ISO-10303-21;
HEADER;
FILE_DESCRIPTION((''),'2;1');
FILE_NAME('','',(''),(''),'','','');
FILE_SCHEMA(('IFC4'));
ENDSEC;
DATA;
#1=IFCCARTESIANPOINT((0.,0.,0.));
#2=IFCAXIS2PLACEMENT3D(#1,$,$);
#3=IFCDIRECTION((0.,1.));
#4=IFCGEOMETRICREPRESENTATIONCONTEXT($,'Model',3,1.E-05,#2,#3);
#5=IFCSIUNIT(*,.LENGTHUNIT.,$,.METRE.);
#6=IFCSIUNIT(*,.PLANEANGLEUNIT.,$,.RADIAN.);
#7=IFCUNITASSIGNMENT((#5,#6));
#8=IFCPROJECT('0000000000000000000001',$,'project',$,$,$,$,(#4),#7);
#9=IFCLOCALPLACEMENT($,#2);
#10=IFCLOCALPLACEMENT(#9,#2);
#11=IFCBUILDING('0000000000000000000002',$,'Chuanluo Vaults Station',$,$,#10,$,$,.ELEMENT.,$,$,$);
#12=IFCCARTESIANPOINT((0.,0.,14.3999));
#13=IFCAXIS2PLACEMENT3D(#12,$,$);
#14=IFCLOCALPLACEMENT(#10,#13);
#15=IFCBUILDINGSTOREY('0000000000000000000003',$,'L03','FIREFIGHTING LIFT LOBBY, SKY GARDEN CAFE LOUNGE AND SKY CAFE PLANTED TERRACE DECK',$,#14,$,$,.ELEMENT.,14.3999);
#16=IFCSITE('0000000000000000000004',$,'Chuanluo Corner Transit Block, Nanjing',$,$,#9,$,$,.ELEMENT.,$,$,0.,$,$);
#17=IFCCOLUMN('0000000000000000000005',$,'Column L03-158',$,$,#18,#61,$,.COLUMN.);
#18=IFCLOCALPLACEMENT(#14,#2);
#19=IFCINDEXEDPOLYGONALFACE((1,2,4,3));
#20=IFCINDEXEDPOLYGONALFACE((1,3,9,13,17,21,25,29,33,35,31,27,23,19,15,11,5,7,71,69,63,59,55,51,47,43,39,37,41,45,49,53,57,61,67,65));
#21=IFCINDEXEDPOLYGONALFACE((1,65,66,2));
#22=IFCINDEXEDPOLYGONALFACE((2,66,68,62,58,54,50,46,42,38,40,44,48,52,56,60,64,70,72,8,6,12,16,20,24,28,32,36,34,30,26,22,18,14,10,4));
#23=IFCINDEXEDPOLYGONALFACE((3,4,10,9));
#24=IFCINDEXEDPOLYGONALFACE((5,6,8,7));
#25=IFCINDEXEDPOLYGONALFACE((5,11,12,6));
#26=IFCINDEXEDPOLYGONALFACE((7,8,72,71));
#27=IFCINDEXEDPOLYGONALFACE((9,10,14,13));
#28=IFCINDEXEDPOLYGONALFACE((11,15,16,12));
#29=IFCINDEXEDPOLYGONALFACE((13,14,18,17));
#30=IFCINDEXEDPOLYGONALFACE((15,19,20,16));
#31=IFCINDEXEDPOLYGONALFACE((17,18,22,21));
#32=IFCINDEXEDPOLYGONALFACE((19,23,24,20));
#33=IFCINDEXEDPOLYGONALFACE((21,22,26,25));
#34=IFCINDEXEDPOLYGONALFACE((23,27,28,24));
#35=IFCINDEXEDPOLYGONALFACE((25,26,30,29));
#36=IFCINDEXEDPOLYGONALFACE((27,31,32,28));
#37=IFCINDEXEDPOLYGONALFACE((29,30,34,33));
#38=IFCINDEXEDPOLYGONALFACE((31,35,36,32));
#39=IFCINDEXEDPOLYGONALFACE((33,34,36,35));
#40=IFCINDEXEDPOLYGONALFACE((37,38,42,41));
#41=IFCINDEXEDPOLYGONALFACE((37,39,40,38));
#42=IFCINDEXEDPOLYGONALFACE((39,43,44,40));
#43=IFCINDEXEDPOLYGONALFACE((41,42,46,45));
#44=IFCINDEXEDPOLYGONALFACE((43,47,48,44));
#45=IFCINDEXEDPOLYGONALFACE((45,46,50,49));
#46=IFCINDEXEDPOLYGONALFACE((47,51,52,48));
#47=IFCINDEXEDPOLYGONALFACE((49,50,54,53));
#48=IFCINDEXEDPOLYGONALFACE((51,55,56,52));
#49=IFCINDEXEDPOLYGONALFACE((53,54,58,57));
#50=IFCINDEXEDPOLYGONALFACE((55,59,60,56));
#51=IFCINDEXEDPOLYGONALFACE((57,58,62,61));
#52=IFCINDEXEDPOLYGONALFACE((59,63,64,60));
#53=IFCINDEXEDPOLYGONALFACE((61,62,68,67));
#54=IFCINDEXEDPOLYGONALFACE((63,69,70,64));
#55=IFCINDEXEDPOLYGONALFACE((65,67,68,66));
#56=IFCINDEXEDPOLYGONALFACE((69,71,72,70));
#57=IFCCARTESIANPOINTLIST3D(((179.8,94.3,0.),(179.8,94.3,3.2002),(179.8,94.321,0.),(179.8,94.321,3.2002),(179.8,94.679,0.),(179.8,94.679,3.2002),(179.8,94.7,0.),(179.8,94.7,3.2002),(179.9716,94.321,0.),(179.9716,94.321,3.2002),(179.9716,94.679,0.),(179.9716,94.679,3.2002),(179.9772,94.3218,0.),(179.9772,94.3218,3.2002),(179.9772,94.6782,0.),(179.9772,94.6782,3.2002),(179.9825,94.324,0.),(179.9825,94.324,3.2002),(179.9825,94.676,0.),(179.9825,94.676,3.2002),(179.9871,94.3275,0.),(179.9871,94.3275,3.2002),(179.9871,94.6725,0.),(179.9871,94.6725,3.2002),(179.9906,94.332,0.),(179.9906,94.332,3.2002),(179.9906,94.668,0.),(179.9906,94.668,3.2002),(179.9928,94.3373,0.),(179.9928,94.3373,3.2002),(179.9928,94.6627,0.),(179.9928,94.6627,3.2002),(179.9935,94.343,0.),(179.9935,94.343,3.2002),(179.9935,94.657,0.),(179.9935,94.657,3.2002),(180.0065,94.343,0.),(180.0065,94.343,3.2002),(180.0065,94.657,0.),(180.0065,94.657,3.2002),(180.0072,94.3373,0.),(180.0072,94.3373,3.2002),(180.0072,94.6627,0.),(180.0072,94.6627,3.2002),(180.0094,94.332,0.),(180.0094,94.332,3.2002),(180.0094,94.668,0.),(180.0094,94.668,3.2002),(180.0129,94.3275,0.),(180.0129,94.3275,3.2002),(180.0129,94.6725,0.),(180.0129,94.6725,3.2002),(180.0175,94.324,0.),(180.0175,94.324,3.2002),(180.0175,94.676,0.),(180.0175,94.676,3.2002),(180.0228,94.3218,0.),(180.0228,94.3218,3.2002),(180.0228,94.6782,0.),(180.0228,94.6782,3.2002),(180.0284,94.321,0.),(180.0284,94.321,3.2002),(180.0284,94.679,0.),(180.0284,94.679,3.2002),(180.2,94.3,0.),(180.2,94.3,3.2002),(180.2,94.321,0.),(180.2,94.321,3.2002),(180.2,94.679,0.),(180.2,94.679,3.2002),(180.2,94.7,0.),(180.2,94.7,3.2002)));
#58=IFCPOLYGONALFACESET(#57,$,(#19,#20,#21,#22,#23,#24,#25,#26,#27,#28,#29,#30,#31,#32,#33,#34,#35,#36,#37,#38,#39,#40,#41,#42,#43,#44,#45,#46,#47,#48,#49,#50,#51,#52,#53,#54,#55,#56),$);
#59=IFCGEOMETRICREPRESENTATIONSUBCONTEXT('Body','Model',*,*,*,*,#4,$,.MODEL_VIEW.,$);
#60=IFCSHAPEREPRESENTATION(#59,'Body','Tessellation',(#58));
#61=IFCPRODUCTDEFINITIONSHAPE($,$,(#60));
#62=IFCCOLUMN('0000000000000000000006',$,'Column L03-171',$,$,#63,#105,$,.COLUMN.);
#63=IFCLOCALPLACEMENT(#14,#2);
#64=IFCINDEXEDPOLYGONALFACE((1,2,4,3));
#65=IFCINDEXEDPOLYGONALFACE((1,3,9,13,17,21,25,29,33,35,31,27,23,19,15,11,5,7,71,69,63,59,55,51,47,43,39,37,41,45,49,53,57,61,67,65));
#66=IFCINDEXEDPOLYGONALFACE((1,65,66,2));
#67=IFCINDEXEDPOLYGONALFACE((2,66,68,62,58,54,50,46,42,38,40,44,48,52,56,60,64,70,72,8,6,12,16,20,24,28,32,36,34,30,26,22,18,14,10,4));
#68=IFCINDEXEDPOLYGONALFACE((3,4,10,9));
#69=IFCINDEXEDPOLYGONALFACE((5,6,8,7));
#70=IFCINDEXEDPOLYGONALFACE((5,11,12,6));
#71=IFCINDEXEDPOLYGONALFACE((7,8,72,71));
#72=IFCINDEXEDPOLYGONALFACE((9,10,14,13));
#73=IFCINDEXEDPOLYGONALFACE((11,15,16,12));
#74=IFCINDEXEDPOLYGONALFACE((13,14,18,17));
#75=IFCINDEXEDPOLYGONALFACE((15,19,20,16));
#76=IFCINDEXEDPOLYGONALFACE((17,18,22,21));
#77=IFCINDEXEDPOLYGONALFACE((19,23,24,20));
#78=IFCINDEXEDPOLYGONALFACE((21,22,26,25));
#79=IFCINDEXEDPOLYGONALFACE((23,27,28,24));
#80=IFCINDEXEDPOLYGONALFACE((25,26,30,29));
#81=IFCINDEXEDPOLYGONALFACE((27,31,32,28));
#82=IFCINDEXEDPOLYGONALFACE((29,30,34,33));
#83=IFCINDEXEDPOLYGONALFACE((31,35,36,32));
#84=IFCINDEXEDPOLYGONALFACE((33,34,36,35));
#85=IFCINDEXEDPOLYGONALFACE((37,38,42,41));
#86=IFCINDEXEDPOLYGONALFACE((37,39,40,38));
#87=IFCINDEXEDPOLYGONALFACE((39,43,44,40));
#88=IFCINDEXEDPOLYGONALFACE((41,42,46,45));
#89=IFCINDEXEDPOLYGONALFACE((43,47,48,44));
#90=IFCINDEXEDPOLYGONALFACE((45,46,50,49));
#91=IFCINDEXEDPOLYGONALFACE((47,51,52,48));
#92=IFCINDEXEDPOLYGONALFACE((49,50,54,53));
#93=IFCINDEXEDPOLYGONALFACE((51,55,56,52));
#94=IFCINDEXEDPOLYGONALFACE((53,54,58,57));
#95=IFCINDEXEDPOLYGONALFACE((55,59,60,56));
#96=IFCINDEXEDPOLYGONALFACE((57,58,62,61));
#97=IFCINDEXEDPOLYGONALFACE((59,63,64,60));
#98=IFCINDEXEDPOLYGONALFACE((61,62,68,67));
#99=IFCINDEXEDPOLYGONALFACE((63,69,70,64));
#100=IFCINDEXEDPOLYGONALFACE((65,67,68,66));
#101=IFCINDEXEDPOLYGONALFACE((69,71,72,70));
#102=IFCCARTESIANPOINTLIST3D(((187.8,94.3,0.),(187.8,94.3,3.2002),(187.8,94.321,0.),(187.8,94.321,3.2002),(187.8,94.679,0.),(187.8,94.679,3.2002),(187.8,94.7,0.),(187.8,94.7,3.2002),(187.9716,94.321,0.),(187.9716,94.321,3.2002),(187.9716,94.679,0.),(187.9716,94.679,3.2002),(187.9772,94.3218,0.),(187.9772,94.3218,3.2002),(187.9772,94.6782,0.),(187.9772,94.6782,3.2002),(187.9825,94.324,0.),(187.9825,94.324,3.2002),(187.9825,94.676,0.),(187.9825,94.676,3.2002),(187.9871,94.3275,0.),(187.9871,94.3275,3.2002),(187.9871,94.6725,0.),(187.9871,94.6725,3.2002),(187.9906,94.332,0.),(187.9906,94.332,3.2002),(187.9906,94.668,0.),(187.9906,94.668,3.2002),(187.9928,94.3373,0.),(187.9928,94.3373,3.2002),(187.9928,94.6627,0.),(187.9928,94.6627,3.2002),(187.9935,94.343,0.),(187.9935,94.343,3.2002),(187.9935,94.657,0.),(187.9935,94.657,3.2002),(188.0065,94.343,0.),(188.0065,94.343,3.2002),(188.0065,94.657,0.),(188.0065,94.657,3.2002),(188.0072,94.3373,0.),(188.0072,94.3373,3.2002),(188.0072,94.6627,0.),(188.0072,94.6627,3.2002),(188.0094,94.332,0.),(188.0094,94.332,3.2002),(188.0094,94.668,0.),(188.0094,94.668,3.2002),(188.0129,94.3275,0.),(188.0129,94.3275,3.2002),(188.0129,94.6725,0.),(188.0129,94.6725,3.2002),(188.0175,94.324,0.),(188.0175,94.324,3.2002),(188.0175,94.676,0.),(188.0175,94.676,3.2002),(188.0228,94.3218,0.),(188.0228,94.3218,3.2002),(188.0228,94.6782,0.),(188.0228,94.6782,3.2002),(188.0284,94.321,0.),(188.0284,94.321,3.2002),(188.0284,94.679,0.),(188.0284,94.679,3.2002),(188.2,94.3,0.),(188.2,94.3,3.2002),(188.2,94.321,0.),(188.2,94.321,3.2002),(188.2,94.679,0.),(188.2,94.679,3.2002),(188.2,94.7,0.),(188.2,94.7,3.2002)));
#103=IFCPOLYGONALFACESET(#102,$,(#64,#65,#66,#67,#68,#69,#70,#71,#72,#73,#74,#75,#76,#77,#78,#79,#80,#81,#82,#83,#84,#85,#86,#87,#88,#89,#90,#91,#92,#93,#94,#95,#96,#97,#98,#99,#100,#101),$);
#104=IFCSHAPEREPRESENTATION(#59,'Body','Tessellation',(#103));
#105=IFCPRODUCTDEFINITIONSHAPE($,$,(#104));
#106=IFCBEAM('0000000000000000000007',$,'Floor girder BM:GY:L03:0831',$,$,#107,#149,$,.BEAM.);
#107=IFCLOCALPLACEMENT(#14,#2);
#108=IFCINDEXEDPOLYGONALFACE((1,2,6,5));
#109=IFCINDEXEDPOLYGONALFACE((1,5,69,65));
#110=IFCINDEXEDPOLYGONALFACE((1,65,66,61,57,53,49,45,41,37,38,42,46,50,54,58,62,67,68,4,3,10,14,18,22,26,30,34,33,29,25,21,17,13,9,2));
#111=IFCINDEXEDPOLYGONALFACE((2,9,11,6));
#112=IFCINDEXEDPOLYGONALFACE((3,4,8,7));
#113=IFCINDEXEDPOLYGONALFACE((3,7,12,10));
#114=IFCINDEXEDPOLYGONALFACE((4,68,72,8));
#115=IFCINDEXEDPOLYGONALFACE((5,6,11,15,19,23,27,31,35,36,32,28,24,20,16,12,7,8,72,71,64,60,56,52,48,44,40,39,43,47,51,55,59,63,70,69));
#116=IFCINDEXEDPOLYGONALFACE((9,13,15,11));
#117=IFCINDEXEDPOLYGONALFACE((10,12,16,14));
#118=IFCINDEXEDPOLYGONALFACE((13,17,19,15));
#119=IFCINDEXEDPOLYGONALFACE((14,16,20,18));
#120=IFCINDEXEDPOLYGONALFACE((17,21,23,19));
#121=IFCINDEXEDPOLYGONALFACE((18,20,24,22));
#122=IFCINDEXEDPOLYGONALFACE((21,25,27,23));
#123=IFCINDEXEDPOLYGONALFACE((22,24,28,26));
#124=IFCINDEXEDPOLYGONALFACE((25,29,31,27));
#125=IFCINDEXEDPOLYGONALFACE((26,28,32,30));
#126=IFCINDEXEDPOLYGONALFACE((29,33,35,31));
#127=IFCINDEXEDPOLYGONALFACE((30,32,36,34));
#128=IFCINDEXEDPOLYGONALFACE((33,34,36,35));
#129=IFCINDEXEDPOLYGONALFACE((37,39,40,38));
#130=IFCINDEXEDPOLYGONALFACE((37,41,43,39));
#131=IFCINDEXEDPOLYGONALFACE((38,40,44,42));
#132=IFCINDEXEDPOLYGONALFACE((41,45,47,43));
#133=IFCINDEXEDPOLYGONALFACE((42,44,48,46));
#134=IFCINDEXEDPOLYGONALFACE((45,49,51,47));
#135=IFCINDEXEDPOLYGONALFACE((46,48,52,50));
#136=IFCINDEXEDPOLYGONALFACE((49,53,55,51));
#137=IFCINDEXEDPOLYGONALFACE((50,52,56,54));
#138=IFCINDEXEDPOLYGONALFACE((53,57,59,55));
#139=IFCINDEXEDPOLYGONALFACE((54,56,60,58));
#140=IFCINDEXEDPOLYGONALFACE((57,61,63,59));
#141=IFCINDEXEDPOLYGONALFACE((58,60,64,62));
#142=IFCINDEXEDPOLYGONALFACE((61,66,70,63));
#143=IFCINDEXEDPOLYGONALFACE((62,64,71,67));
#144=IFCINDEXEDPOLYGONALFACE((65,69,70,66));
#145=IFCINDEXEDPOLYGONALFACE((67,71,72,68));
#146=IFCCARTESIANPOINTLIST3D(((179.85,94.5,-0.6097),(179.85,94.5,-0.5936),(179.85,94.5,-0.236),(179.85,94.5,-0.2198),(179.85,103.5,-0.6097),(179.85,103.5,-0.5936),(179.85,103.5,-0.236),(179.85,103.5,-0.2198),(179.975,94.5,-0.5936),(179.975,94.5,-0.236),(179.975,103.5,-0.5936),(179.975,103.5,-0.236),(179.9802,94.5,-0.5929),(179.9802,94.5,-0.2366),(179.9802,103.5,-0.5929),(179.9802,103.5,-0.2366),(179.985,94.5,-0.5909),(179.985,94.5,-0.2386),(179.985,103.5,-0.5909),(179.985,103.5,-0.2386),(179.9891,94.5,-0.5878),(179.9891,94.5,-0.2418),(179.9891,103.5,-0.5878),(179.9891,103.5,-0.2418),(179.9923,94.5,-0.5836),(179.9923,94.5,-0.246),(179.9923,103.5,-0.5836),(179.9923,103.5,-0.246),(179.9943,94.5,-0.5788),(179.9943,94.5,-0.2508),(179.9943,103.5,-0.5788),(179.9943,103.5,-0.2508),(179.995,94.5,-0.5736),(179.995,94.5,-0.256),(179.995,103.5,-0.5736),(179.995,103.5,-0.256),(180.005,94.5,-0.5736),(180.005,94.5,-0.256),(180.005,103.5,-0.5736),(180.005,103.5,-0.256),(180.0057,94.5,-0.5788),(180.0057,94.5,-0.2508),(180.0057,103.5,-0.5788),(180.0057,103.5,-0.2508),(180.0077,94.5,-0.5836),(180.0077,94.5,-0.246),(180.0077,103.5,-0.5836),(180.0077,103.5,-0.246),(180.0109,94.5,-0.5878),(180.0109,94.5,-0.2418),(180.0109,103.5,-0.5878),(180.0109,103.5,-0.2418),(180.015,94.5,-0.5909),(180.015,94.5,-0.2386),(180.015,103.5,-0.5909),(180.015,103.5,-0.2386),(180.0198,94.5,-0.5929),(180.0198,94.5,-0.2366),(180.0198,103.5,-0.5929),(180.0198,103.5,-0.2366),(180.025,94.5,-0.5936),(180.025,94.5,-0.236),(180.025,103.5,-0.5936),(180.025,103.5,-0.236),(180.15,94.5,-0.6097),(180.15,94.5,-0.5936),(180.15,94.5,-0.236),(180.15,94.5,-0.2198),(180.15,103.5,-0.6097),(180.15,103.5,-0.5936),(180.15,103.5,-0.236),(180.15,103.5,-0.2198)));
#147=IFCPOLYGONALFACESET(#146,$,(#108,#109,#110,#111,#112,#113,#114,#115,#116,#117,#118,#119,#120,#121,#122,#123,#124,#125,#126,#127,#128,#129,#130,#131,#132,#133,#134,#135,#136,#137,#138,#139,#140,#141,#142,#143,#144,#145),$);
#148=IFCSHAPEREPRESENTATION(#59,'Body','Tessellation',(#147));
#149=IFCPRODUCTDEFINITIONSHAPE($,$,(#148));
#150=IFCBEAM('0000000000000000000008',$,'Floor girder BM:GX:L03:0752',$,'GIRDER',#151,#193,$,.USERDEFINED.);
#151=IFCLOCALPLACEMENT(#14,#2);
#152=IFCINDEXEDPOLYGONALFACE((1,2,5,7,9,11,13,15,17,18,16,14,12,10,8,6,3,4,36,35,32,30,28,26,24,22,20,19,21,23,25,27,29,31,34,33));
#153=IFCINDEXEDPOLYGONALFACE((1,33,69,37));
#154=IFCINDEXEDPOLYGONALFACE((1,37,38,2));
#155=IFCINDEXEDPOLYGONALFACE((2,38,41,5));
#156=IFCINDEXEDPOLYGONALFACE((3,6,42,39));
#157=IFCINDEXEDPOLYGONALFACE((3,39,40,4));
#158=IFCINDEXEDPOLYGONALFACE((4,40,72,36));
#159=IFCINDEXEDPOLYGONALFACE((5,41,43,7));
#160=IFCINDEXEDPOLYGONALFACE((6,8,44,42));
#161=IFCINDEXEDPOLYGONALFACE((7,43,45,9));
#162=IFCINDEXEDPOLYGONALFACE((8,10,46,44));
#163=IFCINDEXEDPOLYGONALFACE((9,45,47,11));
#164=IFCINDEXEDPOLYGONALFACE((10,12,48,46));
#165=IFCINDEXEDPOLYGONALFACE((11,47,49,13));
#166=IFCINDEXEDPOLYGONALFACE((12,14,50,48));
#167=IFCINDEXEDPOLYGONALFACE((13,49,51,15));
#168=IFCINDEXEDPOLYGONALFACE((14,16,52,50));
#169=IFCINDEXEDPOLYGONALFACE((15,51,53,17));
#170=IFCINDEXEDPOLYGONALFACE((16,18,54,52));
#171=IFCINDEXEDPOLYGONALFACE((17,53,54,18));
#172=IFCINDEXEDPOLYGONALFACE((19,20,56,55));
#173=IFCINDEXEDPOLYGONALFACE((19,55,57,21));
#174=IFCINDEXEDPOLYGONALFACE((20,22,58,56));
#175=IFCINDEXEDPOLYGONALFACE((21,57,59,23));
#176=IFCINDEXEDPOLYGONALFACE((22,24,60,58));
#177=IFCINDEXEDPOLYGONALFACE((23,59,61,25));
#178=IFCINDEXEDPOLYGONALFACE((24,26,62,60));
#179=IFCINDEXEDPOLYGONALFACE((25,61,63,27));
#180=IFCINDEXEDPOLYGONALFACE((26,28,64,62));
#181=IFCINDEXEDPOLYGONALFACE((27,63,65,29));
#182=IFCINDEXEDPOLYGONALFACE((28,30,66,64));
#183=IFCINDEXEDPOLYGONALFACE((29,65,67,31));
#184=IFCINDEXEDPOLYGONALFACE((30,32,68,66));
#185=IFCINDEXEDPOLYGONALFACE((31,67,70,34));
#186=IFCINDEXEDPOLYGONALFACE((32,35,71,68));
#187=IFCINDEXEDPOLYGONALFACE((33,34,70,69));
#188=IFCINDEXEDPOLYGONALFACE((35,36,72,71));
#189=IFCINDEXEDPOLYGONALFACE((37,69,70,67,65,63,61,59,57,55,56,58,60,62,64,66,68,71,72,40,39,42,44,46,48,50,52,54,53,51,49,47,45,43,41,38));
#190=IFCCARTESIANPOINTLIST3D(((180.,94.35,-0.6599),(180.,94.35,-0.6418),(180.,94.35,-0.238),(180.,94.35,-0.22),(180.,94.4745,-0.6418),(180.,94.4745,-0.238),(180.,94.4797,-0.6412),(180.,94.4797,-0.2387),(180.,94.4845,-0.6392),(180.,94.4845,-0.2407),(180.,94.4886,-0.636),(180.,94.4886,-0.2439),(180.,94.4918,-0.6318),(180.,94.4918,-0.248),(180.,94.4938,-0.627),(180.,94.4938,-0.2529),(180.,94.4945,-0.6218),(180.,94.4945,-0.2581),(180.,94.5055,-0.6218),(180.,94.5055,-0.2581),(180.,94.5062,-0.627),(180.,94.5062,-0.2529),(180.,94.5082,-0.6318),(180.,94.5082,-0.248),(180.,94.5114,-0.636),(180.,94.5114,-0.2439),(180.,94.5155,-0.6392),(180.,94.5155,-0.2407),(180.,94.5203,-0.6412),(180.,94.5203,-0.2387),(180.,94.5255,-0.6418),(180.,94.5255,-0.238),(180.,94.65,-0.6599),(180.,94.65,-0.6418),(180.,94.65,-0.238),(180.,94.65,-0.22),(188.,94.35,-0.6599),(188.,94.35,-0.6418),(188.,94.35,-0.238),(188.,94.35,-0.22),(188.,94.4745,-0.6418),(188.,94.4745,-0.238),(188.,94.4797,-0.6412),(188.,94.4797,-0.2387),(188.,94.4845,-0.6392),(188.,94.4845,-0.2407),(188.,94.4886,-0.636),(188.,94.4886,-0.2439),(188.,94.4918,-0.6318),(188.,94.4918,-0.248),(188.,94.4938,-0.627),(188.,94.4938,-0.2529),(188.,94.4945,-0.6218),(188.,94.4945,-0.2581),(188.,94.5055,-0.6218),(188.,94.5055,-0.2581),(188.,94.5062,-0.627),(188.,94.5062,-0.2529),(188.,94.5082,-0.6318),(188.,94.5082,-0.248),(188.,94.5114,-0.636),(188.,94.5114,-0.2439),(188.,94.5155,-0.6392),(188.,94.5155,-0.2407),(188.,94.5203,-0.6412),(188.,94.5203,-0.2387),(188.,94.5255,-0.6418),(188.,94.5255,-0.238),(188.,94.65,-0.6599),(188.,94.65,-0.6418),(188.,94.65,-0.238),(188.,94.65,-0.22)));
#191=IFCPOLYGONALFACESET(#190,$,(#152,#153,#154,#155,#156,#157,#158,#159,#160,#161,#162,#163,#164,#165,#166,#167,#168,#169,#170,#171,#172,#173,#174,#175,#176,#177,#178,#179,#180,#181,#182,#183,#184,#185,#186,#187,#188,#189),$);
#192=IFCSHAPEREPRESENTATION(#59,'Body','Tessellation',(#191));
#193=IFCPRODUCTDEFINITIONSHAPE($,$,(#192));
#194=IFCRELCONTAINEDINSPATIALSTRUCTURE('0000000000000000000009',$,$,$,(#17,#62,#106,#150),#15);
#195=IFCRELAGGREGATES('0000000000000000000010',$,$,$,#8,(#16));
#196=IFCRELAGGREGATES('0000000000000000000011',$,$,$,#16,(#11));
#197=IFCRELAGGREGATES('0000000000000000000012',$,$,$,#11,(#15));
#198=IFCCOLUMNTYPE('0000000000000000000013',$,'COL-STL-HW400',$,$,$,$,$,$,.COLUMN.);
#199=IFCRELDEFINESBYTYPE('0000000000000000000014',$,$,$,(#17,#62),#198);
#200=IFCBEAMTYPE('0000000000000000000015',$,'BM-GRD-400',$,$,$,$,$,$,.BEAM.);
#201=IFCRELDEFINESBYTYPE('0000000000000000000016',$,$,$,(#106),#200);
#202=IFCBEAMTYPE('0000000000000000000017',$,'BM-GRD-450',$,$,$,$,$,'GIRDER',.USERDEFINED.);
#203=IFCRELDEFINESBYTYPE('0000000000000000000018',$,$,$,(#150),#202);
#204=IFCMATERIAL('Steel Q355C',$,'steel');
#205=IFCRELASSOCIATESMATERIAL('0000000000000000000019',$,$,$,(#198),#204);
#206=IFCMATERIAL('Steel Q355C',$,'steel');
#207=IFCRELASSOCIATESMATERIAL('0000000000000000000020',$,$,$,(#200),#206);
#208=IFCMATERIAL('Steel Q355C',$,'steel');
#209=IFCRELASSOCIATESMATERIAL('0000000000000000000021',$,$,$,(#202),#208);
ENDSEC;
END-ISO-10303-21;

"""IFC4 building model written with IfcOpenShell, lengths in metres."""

from ifc_helpers import new_model, si_unit, direction, frame, origin, origin_2d, place, context, subcontext, project, spatial, i_section, extrude, material, material_profile, profile_set, type_object, element, save


model = new_model("IFC4")

# Units and contexts
model_context = context("Model", 3, precision=1e-05, world=origin(), true_north=direction((0.0, 1.0)))
body_context = subcontext(model_context, "Body", "Model", "MODEL_VIEW")
ifc_project = project(units=[si_unit("LENGTHUNIT", "METRE"), si_unit("PLANEANGLEUNIT", "RADIAN")], contexts=[model_context])

# Site, building, storey
site_placement = place(None, origin())
site = spatial("IfcSite", under=ifc_project, at=site_placement, Name="Chuanluo Corner Transit Block, Nanjing", CompositionType="ELEMENT", RefElevation=0.0)
building_placement = place(site_placement, origin())
building = spatial("IfcBuilding", under=site, at=building_placement, Name="Chuanluo Vaults Station", CompositionType="ELEMENT")
storey_placement = place(building_placement, frame((0.0, 0.0, 14.3999)))
storey = spatial("IfcBuildingStorey", under=building, at=storey_placement, Name="L03", Description="FIREFIGHTING LIFT LOBBY, SKY GARDEN CAFE LOUNGE AND SKY CAFE PLANTED TERRACE DECK", CompositionType="ELEMENT", Elevation=14.3999)

# Columns
ifc_material_1 = material(Name="Steel Q355C", Category="steel")
ifc_material_profile_1 = material_profile(ifc_material_1, i_section(OverallWidth=0.3999, OverallDepth=0.3999, WebThickness=0.0129, FlangeThickness=0.021, FilletRadius=0.022, at=origin_2d()))
ifc_profile_set_1 = profile_set([ifc_material_profile_1], Name="Steel Q355C")
column_type = type_object("IfcColumnType", Name="COL-STL-HW400", PredefinedType="COLUMN", material=ifc_profile_set_1)
for number, where, z_axis, x_axis, name in (
    (1, (180.0, 94.5, 0.0), (0.0, 0.0, 1.0), (1.0, 0.0, 0.0), "Column L03-158"),
    (2, (188.0, 94.5, 0.0), (0.0, 0.0, 1.0), (1.0, 0.0, 0.0), "Column L03-171"),
):
    element("IfcColumn", number, at=place(storey_placement, frame(where, z_axis=z_axis, x_axis=x_axis)), inside=storey, type_object=column_type, Name=name, PredefinedType="COLUMN", context=body_context, shape_type="SweptSolid", body=[
        extrude(i_section(OverallWidth=0.3999, OverallDepth=0.3999, WebThickness=0.0129, FlangeThickness=0.021, FilletRadius=0.022, at=origin_2d()), origin(), (0.0, 0.0, 1.0), 3.2002),
    ])

# Beams
ifc_material_2 = material(Name="Steel Q355C", Category="steel")
ifc_material_profile_2 = material_profile(ifc_material_2, i_section(OverallWidth=0.3, OverallDepth=0.3899, WebThickness=0.01, FlangeThickness=0.0161, FilletRadius=0.02, at=origin_2d()))
ifc_profile_set_2 = profile_set([ifc_material_profile_2], Name="Steel Q355C")
beam_type_1 = type_object("IfcBeamType", Name="BM-GRD-400", PredefinedType="BEAM", material=ifc_profile_set_2)
beam_1_placement = place(storey_placement, frame((180.0, 94.5, -0.4148), z_axis=(0.0, 1.0, 0.0), x_axis=(-1.0, 0.0, 0.0)))
element("IfcBeam", 3, at=beam_1_placement, inside=storey, type_object=beam_type_1, Name="Floor girder BM:GY:L03:0831", PredefinedType="BEAM", context=body_context, shape_type="SweptSolid", body=[
    extrude(i_section(OverallWidth=0.3, OverallDepth=0.3899, WebThickness=0.01, FlangeThickness=0.0161, FilletRadius=0.02, at=origin_2d()), origin(), (0.0, 0.0, 1.0), 9.0),
])
ifc_material_3 = material(Name="Steel Q355C", Category="steel")
ifc_material_profile_3 = material_profile(ifc_material_3, i_section(OverallWidth=0.3, OverallDepth=0.4399, WebThickness=0.011, FlangeThickness=0.0181, FilletRadius=0.02, at=origin_2d()))
ifc_profile_set_3 = profile_set([ifc_material_profile_3], Name="Steel Q355C")
beam_type_2 = type_object("IfcBeamType", Name="BM-GRD-450", ElementType="GIRDER", PredefinedType="USERDEFINED", material=ifc_profile_set_3)
beam_2_placement = place(storey_placement, frame((180.0, 94.5, -0.4399), z_axis=(1.0, 0.0, 0.0), x_axis=(0.0, 1.0, 0.0)))
element("IfcBeam", 4, at=beam_2_placement, inside=storey, type_object=beam_type_2, Name="Floor girder BM:GX:L03:0752", ObjectType="GIRDER", PredefinedType="USERDEFINED", context=body_context, shape_type="SweptSolid", body=[
    extrude(i_section(OverallWidth=0.3, OverallDepth=0.4399, WebThickness=0.011, FlangeThickness=0.0181, FilletRadius=0.02, at=origin_2d()), origin(), (0.0, 0.0, 1.0), 8.0),
])

save(model, "model.ifc")
